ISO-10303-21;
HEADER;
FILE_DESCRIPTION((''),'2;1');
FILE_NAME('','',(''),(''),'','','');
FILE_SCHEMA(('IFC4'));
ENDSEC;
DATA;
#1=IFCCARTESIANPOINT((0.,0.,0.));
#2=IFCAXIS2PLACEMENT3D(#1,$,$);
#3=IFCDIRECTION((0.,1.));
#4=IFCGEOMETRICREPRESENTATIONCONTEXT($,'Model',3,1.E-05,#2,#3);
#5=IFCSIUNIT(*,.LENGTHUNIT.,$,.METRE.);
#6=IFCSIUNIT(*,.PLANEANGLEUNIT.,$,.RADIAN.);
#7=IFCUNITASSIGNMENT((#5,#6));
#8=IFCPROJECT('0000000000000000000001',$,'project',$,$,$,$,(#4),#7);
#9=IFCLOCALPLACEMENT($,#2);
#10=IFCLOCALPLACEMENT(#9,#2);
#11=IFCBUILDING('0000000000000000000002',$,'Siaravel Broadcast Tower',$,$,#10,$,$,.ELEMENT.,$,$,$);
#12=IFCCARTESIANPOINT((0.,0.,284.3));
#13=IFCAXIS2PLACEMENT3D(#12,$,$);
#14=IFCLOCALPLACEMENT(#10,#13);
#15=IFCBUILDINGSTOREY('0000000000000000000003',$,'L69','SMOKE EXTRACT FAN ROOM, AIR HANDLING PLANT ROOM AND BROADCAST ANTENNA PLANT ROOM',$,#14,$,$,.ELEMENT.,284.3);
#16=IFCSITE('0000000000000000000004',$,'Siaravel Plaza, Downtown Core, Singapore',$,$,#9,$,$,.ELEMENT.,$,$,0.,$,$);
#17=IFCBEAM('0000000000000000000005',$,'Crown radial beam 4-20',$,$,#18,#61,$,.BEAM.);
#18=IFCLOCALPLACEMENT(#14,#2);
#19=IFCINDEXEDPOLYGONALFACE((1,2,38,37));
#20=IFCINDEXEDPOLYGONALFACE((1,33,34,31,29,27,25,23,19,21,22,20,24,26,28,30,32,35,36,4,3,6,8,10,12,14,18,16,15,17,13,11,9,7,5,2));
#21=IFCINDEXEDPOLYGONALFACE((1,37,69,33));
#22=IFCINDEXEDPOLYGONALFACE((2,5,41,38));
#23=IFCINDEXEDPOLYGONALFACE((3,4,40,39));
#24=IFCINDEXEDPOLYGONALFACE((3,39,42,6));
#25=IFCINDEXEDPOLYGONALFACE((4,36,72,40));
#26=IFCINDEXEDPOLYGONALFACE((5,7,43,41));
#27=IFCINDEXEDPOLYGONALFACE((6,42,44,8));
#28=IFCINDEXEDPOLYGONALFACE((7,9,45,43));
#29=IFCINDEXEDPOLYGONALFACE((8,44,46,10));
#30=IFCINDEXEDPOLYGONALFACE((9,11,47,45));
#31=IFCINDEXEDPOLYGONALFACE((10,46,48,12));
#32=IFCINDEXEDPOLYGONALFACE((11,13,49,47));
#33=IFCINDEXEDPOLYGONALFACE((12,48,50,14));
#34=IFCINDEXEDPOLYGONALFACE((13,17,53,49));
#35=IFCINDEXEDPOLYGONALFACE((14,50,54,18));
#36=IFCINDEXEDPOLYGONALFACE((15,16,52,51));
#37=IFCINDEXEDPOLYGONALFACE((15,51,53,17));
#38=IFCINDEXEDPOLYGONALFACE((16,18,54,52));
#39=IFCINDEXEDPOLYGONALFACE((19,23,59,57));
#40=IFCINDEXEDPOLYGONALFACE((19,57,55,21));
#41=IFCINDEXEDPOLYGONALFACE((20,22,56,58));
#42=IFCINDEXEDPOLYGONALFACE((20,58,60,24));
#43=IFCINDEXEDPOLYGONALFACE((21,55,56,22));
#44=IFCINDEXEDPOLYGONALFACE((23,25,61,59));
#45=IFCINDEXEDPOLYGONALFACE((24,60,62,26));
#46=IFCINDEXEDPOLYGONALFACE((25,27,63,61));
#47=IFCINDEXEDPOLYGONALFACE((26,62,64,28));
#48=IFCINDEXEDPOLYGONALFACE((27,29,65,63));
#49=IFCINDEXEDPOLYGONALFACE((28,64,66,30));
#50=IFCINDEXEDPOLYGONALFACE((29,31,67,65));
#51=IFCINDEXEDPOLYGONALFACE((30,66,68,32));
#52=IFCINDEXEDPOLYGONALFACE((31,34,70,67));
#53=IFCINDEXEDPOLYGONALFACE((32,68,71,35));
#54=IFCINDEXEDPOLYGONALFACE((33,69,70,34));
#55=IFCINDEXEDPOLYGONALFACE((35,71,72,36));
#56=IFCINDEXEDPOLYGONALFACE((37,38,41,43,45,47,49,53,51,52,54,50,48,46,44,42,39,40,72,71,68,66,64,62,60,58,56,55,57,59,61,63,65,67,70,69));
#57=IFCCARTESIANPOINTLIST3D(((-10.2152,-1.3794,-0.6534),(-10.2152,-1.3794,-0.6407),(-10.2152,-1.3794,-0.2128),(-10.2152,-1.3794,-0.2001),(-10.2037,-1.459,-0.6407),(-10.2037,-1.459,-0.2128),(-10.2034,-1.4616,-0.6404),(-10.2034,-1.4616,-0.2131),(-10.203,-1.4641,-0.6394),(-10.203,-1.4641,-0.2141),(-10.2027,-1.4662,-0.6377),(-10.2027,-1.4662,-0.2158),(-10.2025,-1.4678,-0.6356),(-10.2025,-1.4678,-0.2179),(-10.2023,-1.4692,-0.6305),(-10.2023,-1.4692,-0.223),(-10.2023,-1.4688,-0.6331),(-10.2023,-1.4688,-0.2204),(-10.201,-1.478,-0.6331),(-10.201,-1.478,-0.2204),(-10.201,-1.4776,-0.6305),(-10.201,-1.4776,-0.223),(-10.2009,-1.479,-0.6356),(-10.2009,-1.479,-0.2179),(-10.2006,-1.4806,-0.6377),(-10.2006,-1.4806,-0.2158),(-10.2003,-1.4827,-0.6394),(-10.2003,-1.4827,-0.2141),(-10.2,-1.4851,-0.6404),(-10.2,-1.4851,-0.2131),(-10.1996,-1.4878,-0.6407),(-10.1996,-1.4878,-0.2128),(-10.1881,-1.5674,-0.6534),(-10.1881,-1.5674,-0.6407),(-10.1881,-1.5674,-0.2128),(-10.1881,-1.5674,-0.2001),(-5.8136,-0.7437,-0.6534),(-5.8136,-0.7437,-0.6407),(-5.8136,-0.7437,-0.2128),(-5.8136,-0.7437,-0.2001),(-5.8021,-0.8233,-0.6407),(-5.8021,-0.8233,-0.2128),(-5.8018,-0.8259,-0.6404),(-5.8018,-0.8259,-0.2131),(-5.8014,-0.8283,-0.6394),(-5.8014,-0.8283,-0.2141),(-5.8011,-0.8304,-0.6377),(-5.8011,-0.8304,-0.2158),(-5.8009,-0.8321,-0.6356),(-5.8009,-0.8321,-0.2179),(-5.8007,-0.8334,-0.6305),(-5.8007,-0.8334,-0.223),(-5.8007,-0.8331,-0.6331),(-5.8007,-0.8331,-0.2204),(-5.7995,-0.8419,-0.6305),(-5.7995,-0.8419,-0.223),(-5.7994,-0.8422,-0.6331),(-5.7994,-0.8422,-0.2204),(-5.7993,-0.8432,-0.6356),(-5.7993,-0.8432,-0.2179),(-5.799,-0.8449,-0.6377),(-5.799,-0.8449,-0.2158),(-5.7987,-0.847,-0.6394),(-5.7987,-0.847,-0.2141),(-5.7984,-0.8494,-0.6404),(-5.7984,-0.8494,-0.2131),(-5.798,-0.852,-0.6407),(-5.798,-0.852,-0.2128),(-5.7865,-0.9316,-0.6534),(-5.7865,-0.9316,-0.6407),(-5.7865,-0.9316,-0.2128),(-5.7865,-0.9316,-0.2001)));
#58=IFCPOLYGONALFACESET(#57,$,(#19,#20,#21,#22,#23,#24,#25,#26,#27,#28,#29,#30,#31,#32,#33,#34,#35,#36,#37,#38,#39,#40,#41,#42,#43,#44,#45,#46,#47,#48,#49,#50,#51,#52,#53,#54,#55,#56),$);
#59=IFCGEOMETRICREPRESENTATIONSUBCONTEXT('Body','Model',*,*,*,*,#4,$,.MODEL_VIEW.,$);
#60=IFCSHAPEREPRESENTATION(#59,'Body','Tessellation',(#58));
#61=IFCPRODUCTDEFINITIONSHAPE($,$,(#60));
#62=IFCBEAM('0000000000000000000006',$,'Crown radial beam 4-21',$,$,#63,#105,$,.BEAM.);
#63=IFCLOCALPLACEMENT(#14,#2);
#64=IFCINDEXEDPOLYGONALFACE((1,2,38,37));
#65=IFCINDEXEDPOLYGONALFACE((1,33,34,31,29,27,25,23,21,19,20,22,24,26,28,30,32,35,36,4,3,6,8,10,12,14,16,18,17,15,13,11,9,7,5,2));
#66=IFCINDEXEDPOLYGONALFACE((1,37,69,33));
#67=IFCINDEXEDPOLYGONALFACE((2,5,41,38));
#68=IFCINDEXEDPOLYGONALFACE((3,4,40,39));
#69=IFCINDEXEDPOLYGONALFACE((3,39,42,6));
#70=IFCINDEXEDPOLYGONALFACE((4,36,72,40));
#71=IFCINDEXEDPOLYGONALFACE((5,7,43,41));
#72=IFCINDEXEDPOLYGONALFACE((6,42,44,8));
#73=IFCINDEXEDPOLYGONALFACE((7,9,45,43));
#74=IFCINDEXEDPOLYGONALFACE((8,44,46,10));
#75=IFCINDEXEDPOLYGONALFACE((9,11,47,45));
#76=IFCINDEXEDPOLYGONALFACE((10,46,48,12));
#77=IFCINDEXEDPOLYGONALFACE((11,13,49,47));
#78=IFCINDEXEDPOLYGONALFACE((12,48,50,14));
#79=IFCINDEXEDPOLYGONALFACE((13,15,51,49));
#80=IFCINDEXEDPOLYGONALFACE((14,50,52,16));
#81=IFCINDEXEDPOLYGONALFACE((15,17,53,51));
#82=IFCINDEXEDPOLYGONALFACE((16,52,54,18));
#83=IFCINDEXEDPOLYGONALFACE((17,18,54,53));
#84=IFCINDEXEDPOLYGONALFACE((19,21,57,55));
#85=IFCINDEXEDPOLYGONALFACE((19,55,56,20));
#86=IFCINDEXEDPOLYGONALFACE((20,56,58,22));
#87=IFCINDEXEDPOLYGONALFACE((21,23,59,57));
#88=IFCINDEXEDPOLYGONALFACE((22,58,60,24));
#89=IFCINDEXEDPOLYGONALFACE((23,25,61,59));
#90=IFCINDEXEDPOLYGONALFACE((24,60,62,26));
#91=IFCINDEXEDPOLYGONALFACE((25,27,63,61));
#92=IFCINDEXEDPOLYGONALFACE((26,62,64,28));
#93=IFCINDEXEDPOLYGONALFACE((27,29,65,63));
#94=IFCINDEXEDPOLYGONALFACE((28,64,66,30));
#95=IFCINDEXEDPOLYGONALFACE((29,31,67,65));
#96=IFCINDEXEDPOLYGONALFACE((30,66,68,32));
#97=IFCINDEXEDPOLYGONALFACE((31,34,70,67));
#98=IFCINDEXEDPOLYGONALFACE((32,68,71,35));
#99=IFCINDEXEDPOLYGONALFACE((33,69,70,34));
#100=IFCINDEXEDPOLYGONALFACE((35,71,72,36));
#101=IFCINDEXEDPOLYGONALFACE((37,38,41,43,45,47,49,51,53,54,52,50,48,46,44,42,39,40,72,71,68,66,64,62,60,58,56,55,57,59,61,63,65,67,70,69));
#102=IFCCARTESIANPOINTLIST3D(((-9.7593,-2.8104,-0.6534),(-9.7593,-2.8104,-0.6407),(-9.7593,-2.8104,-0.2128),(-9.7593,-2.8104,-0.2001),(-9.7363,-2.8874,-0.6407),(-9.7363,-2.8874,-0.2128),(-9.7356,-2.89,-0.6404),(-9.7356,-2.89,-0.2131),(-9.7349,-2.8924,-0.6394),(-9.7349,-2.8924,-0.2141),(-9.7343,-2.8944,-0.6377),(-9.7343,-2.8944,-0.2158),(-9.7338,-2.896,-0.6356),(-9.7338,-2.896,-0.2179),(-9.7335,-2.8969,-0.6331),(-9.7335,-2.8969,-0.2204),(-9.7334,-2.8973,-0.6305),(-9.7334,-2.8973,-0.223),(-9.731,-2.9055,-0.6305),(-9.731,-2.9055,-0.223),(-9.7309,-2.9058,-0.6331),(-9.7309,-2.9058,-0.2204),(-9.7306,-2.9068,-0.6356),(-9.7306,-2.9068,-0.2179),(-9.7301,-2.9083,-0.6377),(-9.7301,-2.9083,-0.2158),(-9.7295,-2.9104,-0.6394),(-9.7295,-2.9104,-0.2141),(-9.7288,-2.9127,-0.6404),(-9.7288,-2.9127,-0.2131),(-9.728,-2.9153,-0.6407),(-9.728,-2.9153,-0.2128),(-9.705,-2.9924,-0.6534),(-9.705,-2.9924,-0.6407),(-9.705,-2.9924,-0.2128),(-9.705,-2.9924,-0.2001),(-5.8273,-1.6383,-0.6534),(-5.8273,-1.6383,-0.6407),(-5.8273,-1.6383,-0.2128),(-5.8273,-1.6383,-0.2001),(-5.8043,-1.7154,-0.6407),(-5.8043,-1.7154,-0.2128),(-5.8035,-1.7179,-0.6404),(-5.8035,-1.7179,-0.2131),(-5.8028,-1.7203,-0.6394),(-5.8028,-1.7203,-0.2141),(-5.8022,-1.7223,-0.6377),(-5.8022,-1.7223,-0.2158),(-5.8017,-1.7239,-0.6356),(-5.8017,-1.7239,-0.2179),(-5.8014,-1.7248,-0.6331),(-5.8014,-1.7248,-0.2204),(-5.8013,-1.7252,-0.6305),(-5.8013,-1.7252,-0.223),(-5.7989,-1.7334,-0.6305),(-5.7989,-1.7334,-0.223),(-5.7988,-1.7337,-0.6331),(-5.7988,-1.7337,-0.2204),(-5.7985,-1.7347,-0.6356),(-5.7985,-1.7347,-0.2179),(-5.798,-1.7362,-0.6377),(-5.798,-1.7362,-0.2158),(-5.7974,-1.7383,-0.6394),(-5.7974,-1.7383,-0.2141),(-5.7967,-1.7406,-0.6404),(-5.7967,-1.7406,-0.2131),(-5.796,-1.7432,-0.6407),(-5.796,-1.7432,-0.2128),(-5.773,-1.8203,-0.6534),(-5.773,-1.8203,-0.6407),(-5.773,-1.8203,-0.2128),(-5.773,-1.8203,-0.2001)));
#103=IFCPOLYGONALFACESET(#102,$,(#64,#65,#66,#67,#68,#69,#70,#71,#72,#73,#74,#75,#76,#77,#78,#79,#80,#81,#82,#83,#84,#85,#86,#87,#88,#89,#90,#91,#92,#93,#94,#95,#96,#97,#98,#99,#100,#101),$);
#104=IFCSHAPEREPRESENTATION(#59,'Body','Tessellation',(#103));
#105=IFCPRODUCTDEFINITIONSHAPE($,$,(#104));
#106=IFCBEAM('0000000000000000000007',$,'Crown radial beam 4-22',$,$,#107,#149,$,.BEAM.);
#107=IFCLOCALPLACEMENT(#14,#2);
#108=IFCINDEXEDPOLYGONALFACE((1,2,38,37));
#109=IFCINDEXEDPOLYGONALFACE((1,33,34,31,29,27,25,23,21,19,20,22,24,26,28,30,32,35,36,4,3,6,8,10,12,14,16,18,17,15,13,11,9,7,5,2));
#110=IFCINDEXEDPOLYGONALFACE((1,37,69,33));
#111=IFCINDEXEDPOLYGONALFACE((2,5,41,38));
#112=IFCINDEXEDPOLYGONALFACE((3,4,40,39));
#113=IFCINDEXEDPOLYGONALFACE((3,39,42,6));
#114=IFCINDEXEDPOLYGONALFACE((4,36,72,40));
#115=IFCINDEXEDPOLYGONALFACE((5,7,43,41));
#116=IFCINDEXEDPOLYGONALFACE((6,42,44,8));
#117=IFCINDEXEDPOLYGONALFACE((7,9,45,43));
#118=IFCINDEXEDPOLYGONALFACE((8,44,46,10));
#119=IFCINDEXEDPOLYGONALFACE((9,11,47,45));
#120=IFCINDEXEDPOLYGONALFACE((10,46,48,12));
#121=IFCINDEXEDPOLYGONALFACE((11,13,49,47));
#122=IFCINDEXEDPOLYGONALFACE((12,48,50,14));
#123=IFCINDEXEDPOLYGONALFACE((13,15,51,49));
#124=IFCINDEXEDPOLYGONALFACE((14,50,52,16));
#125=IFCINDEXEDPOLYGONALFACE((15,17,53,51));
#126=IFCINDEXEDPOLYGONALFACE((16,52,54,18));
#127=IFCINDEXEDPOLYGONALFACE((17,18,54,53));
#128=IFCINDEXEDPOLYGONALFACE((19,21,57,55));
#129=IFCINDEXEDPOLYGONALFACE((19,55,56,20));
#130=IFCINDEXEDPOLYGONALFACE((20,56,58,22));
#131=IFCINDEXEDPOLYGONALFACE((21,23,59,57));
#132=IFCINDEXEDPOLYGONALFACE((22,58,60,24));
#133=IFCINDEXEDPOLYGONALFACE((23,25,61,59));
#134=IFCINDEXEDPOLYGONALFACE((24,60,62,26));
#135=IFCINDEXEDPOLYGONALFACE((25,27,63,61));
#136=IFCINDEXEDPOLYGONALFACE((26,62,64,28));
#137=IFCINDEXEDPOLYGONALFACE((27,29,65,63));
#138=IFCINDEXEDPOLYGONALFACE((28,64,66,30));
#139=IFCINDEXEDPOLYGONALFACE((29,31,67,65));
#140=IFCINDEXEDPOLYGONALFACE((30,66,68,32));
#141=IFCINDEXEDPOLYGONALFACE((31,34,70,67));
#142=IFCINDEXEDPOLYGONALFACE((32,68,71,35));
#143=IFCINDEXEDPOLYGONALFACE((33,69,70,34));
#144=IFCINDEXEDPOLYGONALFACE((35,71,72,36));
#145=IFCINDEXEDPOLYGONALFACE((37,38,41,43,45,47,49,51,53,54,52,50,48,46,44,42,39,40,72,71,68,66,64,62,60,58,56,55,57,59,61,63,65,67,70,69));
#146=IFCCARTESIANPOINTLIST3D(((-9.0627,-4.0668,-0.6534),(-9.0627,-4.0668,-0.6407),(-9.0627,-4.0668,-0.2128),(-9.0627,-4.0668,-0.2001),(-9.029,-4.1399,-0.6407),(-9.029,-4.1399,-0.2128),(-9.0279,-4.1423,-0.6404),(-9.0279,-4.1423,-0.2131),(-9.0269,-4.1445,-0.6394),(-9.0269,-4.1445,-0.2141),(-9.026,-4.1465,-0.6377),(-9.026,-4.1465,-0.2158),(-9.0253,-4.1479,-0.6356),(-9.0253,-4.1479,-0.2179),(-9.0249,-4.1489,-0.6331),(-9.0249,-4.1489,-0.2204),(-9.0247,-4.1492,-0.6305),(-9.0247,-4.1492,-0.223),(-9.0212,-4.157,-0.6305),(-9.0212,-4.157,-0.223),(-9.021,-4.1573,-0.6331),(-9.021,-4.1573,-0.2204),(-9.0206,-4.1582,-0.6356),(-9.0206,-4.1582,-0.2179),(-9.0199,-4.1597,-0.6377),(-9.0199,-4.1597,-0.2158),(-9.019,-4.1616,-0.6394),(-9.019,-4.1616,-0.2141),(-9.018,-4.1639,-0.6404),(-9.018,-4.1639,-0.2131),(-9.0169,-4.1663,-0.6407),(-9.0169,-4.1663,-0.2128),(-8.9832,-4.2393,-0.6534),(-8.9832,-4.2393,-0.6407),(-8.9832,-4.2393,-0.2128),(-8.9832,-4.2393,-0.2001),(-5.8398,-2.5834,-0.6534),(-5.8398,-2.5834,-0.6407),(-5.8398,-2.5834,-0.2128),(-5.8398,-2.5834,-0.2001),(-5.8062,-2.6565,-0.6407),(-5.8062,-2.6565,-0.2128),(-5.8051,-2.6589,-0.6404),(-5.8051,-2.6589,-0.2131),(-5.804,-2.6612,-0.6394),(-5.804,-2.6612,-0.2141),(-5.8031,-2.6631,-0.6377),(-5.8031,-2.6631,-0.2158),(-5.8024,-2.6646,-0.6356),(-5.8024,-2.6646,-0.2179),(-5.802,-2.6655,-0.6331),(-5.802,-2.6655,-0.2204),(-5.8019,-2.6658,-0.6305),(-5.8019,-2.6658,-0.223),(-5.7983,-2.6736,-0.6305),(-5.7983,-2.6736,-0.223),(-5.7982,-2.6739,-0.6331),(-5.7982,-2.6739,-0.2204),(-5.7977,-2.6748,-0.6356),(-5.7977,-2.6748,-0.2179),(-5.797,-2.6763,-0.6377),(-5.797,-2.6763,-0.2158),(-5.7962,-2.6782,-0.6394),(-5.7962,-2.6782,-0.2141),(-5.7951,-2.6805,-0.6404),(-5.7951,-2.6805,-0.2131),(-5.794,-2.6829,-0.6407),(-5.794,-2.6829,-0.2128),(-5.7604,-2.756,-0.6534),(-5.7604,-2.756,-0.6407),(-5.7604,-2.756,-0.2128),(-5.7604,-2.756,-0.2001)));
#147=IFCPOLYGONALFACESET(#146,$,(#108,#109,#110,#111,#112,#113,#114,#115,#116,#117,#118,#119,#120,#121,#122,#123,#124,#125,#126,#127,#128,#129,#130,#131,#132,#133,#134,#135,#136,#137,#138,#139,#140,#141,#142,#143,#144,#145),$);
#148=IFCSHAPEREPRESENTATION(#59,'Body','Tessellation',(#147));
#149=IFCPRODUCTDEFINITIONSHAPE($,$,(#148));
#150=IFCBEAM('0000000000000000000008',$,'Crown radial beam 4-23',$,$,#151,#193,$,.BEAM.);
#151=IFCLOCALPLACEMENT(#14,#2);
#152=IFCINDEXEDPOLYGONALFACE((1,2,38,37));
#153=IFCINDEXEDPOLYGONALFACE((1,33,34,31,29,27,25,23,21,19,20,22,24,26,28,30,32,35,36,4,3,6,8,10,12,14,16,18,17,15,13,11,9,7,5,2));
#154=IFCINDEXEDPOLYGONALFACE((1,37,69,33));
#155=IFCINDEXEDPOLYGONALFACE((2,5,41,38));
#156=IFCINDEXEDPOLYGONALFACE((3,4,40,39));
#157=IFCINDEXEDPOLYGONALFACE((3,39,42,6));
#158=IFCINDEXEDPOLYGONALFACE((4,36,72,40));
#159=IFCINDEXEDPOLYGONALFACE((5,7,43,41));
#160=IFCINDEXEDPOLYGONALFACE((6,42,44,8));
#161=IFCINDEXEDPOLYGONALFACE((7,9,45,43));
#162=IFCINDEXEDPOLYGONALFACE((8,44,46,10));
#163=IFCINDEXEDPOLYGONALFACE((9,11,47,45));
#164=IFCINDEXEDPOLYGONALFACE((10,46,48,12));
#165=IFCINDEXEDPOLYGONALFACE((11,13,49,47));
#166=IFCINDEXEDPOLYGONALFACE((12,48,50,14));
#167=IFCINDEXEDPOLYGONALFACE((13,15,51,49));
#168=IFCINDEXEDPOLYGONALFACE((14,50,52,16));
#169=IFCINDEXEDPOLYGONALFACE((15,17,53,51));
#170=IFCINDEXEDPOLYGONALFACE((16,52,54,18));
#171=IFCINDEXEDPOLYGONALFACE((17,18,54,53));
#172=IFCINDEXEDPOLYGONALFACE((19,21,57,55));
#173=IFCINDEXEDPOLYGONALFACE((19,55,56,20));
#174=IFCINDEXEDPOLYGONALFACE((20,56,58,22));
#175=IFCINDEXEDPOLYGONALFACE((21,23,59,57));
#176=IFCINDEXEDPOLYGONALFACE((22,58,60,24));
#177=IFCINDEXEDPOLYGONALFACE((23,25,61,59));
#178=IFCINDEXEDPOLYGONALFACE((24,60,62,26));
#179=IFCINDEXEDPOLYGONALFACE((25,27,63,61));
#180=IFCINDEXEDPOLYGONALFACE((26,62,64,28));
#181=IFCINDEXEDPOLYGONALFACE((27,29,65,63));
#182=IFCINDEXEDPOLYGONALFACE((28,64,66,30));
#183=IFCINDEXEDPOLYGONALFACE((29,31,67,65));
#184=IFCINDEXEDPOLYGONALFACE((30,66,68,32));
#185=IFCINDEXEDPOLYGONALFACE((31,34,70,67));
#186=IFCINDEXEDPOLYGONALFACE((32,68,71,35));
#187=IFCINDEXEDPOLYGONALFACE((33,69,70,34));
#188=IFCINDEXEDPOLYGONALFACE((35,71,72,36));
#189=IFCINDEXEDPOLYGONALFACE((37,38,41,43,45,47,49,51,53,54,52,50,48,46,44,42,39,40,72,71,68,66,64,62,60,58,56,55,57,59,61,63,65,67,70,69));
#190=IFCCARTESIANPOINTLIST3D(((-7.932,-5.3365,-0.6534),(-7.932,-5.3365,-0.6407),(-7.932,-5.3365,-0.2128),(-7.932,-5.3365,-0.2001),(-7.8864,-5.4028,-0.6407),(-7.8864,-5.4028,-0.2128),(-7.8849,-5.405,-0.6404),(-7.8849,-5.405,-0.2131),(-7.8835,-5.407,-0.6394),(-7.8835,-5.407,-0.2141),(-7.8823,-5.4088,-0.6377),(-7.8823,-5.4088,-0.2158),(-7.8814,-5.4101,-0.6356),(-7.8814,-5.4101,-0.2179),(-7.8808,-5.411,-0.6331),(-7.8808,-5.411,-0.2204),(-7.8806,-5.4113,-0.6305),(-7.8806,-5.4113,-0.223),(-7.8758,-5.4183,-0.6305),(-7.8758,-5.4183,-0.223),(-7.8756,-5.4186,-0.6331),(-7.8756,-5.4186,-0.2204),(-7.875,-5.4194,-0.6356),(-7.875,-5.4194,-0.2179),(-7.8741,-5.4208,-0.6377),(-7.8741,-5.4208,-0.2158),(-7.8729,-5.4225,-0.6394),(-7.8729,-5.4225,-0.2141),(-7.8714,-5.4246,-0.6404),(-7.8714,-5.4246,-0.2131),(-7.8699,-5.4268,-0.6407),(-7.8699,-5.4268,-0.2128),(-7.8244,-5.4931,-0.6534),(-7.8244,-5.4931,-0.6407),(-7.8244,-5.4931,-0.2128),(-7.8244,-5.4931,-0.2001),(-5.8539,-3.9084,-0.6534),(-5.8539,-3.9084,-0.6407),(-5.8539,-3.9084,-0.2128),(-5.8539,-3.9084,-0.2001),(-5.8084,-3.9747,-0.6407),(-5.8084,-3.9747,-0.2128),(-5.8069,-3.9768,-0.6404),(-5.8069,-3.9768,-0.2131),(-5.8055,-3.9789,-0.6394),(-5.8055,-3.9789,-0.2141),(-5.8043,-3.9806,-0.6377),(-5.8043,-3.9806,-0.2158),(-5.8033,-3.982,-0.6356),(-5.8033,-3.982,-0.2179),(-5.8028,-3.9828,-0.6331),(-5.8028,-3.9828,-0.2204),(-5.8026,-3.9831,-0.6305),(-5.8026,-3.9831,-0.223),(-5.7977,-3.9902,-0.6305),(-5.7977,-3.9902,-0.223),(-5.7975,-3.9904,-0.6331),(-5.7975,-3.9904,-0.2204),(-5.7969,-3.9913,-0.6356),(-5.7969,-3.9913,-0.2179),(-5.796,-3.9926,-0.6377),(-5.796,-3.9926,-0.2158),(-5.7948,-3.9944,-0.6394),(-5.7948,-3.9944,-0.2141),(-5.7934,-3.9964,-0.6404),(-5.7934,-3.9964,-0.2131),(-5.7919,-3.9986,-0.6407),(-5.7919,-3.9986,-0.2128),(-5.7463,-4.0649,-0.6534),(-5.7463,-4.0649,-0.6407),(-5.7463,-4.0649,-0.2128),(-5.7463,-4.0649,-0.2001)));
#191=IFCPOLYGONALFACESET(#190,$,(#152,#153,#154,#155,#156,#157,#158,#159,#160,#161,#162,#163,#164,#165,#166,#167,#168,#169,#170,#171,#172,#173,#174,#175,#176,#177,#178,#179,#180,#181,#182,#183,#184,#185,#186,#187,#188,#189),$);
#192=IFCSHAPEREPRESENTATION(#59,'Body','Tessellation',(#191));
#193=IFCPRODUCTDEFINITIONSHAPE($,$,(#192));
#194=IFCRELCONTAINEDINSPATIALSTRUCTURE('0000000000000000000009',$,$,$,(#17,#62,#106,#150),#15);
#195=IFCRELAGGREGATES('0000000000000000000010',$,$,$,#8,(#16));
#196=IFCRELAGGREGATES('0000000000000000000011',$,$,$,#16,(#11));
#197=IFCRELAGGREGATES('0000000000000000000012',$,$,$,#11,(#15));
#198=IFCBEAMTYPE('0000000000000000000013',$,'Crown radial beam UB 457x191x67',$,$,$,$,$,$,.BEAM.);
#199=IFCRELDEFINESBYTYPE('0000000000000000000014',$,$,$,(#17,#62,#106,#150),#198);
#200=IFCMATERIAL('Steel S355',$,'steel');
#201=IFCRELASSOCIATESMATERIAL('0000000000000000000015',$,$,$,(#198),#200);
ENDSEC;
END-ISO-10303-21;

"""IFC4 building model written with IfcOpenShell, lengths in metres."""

from ifc_helpers import new_model, si_unit, direction, frame, origin, origin_2d, place, context, subcontext, project, spatial, i_section, extrude, material, material_profile, profile_set, type_object, element, save


model = new_model("IFC4")

# Units and contexts
model_context = context("Model", 3, precision=1e-05, world=origin(), true_north=direction((0.0, 1.0)))
body_context = subcontext(model_context, "Body", "Model", "MODEL_VIEW")
ifc_project = project(units=[si_unit("LENGTHUNIT", "METRE"), si_unit("PLANEANGLEUNIT", "RADIAN")], contexts=[model_context])

# Site, building, storey
site_placement = place(None, origin())
site = spatial("IfcSite", under=ifc_project, at=site_placement, Name="Siaravel Plaza, Downtown Core, Singapore", CompositionType="ELEMENT", RefElevation=0.0)
building_placement = place(site_placement, origin())
building = spatial("IfcBuilding", under=site, at=building_placement, Name="Siaravel Broadcast Tower", CompositionType="ELEMENT")
storey_placement = place(building_placement, frame((0.0, 0.0, 284.3)))
storey = spatial("IfcBuildingStorey", under=building, at=storey_placement, Name="L69", Description="SMOKE EXTRACT FAN ROOM, AIR HANDLING PLANT ROOM AND BROADCAST ANTENNA PLANT ROOM", CompositionType="ELEMENT", Elevation=284.3)

# Beams
ifc_material_1 = material(Name="Steel S355", Category="steel")
ifc_material_profile_1 = material_profile(ifc_material_1, i_section(OverallWidth=0.1899, OverallDepth=0.4534, WebThickness=0.0085, FlangeThickness=0.0127, FilletRadius=0.0103, at=origin_2d()))
ifc_profile_set_1 = profile_set([ifc_material_profile_1], Name="Steel S355")
beam_type_1 = type_object("IfcBeamType", Name="Crown radial beam UB 457x191x67", PredefinedType="BEAM", material=ifc_profile_set_1)
beam_1_placement = place(storey_placement, frame((-10.2017, -1.4734, -0.4268), z_axis=(0.98973, 0.142951, 0.0), x_axis=(-0.142951, 0.98973, 0.0)))
element("IfcBeam", 1, at=beam_1_placement, inside=storey, type_object=beam_type_1, Name="Crown radial beam 4-20", PredefinedType="BEAM", context=body_context, shape_type="SweptSolid", body=[
    extrude(i_section(OverallWidth=0.1899, OverallDepth=0.4534, WebThickness=0.0085, FlangeThickness=0.0127, FilletRadius=0.0103, at=origin_2d()), origin(), (0.0, 0.0, 1.0), 4.4473),
])
beam_2_placement = place(storey_placement, frame((-9.7322, -2.9014, -0.4268), z_axis=(0.958329, 0.285666, 0.0), x_axis=(-0.285666, 0.958329, 0.0)))
element("IfcBeam", 2, at=beam_2_placement, inside=storey, type_object=beam_type_1, Name="Crown radial beam 4-21", PredefinedType="BEAM", context=body_context, shape_type="SweptSolid", body=[
    extrude(i_section(OverallWidth=0.1899, OverallDepth=0.4534, WebThickness=0.0085, FlangeThickness=0.0127, FilletRadius=0.0103, at=origin_2d()), origin(), (0.0, 0.0, 1.0), 4.103),
])
beam_3_placement = place(storey_placement, frame((-9.0229, -4.1531, -0.4268), z_axis=(0.908398, 0.418107, 0.0), x_axis=(-0.418107, 0.908398, 0.0)))
element("IfcBeam", 3, at=beam_3_placement, inside=storey, type_object=beam_type_1, Name="Crown radial beam 4-22", PredefinedType="BEAM", context=body_context, shape_type="SweptSolid", body=[
    extrude(i_section(OverallWidth=0.1899, OverallDepth=0.4534, WebThickness=0.0085, FlangeThickness=0.0127, FilletRadius=0.0103, at=origin_2d()), origin(), (0.0, 0.0, 1.0), 3.5479),
])
beam_4_placement = place(storey_placement, frame((-7.8782, -5.4148, -0.4268), z_axis=(0.824132, 0.566397, 0.0), x_axis=(-0.566397, 0.824132, 0.0)))
element("IfcBeam", 4, at=beam_4_placement, inside=storey, type_object=beam_type_1, Name="Crown radial beam 4-23", PredefinedType="BEAM", context=body_context, shape_type="SweptSolid", body=[
    extrude(i_section(OverallWidth=0.1899, OverallDepth=0.4534, WebThickness=0.0085, FlangeThickness=0.0127, FilletRadius=0.0103, at=origin_2d()), origin(), (0.0, 0.0, 1.0), 2.5215),
])

save(model, "model.ifc")
